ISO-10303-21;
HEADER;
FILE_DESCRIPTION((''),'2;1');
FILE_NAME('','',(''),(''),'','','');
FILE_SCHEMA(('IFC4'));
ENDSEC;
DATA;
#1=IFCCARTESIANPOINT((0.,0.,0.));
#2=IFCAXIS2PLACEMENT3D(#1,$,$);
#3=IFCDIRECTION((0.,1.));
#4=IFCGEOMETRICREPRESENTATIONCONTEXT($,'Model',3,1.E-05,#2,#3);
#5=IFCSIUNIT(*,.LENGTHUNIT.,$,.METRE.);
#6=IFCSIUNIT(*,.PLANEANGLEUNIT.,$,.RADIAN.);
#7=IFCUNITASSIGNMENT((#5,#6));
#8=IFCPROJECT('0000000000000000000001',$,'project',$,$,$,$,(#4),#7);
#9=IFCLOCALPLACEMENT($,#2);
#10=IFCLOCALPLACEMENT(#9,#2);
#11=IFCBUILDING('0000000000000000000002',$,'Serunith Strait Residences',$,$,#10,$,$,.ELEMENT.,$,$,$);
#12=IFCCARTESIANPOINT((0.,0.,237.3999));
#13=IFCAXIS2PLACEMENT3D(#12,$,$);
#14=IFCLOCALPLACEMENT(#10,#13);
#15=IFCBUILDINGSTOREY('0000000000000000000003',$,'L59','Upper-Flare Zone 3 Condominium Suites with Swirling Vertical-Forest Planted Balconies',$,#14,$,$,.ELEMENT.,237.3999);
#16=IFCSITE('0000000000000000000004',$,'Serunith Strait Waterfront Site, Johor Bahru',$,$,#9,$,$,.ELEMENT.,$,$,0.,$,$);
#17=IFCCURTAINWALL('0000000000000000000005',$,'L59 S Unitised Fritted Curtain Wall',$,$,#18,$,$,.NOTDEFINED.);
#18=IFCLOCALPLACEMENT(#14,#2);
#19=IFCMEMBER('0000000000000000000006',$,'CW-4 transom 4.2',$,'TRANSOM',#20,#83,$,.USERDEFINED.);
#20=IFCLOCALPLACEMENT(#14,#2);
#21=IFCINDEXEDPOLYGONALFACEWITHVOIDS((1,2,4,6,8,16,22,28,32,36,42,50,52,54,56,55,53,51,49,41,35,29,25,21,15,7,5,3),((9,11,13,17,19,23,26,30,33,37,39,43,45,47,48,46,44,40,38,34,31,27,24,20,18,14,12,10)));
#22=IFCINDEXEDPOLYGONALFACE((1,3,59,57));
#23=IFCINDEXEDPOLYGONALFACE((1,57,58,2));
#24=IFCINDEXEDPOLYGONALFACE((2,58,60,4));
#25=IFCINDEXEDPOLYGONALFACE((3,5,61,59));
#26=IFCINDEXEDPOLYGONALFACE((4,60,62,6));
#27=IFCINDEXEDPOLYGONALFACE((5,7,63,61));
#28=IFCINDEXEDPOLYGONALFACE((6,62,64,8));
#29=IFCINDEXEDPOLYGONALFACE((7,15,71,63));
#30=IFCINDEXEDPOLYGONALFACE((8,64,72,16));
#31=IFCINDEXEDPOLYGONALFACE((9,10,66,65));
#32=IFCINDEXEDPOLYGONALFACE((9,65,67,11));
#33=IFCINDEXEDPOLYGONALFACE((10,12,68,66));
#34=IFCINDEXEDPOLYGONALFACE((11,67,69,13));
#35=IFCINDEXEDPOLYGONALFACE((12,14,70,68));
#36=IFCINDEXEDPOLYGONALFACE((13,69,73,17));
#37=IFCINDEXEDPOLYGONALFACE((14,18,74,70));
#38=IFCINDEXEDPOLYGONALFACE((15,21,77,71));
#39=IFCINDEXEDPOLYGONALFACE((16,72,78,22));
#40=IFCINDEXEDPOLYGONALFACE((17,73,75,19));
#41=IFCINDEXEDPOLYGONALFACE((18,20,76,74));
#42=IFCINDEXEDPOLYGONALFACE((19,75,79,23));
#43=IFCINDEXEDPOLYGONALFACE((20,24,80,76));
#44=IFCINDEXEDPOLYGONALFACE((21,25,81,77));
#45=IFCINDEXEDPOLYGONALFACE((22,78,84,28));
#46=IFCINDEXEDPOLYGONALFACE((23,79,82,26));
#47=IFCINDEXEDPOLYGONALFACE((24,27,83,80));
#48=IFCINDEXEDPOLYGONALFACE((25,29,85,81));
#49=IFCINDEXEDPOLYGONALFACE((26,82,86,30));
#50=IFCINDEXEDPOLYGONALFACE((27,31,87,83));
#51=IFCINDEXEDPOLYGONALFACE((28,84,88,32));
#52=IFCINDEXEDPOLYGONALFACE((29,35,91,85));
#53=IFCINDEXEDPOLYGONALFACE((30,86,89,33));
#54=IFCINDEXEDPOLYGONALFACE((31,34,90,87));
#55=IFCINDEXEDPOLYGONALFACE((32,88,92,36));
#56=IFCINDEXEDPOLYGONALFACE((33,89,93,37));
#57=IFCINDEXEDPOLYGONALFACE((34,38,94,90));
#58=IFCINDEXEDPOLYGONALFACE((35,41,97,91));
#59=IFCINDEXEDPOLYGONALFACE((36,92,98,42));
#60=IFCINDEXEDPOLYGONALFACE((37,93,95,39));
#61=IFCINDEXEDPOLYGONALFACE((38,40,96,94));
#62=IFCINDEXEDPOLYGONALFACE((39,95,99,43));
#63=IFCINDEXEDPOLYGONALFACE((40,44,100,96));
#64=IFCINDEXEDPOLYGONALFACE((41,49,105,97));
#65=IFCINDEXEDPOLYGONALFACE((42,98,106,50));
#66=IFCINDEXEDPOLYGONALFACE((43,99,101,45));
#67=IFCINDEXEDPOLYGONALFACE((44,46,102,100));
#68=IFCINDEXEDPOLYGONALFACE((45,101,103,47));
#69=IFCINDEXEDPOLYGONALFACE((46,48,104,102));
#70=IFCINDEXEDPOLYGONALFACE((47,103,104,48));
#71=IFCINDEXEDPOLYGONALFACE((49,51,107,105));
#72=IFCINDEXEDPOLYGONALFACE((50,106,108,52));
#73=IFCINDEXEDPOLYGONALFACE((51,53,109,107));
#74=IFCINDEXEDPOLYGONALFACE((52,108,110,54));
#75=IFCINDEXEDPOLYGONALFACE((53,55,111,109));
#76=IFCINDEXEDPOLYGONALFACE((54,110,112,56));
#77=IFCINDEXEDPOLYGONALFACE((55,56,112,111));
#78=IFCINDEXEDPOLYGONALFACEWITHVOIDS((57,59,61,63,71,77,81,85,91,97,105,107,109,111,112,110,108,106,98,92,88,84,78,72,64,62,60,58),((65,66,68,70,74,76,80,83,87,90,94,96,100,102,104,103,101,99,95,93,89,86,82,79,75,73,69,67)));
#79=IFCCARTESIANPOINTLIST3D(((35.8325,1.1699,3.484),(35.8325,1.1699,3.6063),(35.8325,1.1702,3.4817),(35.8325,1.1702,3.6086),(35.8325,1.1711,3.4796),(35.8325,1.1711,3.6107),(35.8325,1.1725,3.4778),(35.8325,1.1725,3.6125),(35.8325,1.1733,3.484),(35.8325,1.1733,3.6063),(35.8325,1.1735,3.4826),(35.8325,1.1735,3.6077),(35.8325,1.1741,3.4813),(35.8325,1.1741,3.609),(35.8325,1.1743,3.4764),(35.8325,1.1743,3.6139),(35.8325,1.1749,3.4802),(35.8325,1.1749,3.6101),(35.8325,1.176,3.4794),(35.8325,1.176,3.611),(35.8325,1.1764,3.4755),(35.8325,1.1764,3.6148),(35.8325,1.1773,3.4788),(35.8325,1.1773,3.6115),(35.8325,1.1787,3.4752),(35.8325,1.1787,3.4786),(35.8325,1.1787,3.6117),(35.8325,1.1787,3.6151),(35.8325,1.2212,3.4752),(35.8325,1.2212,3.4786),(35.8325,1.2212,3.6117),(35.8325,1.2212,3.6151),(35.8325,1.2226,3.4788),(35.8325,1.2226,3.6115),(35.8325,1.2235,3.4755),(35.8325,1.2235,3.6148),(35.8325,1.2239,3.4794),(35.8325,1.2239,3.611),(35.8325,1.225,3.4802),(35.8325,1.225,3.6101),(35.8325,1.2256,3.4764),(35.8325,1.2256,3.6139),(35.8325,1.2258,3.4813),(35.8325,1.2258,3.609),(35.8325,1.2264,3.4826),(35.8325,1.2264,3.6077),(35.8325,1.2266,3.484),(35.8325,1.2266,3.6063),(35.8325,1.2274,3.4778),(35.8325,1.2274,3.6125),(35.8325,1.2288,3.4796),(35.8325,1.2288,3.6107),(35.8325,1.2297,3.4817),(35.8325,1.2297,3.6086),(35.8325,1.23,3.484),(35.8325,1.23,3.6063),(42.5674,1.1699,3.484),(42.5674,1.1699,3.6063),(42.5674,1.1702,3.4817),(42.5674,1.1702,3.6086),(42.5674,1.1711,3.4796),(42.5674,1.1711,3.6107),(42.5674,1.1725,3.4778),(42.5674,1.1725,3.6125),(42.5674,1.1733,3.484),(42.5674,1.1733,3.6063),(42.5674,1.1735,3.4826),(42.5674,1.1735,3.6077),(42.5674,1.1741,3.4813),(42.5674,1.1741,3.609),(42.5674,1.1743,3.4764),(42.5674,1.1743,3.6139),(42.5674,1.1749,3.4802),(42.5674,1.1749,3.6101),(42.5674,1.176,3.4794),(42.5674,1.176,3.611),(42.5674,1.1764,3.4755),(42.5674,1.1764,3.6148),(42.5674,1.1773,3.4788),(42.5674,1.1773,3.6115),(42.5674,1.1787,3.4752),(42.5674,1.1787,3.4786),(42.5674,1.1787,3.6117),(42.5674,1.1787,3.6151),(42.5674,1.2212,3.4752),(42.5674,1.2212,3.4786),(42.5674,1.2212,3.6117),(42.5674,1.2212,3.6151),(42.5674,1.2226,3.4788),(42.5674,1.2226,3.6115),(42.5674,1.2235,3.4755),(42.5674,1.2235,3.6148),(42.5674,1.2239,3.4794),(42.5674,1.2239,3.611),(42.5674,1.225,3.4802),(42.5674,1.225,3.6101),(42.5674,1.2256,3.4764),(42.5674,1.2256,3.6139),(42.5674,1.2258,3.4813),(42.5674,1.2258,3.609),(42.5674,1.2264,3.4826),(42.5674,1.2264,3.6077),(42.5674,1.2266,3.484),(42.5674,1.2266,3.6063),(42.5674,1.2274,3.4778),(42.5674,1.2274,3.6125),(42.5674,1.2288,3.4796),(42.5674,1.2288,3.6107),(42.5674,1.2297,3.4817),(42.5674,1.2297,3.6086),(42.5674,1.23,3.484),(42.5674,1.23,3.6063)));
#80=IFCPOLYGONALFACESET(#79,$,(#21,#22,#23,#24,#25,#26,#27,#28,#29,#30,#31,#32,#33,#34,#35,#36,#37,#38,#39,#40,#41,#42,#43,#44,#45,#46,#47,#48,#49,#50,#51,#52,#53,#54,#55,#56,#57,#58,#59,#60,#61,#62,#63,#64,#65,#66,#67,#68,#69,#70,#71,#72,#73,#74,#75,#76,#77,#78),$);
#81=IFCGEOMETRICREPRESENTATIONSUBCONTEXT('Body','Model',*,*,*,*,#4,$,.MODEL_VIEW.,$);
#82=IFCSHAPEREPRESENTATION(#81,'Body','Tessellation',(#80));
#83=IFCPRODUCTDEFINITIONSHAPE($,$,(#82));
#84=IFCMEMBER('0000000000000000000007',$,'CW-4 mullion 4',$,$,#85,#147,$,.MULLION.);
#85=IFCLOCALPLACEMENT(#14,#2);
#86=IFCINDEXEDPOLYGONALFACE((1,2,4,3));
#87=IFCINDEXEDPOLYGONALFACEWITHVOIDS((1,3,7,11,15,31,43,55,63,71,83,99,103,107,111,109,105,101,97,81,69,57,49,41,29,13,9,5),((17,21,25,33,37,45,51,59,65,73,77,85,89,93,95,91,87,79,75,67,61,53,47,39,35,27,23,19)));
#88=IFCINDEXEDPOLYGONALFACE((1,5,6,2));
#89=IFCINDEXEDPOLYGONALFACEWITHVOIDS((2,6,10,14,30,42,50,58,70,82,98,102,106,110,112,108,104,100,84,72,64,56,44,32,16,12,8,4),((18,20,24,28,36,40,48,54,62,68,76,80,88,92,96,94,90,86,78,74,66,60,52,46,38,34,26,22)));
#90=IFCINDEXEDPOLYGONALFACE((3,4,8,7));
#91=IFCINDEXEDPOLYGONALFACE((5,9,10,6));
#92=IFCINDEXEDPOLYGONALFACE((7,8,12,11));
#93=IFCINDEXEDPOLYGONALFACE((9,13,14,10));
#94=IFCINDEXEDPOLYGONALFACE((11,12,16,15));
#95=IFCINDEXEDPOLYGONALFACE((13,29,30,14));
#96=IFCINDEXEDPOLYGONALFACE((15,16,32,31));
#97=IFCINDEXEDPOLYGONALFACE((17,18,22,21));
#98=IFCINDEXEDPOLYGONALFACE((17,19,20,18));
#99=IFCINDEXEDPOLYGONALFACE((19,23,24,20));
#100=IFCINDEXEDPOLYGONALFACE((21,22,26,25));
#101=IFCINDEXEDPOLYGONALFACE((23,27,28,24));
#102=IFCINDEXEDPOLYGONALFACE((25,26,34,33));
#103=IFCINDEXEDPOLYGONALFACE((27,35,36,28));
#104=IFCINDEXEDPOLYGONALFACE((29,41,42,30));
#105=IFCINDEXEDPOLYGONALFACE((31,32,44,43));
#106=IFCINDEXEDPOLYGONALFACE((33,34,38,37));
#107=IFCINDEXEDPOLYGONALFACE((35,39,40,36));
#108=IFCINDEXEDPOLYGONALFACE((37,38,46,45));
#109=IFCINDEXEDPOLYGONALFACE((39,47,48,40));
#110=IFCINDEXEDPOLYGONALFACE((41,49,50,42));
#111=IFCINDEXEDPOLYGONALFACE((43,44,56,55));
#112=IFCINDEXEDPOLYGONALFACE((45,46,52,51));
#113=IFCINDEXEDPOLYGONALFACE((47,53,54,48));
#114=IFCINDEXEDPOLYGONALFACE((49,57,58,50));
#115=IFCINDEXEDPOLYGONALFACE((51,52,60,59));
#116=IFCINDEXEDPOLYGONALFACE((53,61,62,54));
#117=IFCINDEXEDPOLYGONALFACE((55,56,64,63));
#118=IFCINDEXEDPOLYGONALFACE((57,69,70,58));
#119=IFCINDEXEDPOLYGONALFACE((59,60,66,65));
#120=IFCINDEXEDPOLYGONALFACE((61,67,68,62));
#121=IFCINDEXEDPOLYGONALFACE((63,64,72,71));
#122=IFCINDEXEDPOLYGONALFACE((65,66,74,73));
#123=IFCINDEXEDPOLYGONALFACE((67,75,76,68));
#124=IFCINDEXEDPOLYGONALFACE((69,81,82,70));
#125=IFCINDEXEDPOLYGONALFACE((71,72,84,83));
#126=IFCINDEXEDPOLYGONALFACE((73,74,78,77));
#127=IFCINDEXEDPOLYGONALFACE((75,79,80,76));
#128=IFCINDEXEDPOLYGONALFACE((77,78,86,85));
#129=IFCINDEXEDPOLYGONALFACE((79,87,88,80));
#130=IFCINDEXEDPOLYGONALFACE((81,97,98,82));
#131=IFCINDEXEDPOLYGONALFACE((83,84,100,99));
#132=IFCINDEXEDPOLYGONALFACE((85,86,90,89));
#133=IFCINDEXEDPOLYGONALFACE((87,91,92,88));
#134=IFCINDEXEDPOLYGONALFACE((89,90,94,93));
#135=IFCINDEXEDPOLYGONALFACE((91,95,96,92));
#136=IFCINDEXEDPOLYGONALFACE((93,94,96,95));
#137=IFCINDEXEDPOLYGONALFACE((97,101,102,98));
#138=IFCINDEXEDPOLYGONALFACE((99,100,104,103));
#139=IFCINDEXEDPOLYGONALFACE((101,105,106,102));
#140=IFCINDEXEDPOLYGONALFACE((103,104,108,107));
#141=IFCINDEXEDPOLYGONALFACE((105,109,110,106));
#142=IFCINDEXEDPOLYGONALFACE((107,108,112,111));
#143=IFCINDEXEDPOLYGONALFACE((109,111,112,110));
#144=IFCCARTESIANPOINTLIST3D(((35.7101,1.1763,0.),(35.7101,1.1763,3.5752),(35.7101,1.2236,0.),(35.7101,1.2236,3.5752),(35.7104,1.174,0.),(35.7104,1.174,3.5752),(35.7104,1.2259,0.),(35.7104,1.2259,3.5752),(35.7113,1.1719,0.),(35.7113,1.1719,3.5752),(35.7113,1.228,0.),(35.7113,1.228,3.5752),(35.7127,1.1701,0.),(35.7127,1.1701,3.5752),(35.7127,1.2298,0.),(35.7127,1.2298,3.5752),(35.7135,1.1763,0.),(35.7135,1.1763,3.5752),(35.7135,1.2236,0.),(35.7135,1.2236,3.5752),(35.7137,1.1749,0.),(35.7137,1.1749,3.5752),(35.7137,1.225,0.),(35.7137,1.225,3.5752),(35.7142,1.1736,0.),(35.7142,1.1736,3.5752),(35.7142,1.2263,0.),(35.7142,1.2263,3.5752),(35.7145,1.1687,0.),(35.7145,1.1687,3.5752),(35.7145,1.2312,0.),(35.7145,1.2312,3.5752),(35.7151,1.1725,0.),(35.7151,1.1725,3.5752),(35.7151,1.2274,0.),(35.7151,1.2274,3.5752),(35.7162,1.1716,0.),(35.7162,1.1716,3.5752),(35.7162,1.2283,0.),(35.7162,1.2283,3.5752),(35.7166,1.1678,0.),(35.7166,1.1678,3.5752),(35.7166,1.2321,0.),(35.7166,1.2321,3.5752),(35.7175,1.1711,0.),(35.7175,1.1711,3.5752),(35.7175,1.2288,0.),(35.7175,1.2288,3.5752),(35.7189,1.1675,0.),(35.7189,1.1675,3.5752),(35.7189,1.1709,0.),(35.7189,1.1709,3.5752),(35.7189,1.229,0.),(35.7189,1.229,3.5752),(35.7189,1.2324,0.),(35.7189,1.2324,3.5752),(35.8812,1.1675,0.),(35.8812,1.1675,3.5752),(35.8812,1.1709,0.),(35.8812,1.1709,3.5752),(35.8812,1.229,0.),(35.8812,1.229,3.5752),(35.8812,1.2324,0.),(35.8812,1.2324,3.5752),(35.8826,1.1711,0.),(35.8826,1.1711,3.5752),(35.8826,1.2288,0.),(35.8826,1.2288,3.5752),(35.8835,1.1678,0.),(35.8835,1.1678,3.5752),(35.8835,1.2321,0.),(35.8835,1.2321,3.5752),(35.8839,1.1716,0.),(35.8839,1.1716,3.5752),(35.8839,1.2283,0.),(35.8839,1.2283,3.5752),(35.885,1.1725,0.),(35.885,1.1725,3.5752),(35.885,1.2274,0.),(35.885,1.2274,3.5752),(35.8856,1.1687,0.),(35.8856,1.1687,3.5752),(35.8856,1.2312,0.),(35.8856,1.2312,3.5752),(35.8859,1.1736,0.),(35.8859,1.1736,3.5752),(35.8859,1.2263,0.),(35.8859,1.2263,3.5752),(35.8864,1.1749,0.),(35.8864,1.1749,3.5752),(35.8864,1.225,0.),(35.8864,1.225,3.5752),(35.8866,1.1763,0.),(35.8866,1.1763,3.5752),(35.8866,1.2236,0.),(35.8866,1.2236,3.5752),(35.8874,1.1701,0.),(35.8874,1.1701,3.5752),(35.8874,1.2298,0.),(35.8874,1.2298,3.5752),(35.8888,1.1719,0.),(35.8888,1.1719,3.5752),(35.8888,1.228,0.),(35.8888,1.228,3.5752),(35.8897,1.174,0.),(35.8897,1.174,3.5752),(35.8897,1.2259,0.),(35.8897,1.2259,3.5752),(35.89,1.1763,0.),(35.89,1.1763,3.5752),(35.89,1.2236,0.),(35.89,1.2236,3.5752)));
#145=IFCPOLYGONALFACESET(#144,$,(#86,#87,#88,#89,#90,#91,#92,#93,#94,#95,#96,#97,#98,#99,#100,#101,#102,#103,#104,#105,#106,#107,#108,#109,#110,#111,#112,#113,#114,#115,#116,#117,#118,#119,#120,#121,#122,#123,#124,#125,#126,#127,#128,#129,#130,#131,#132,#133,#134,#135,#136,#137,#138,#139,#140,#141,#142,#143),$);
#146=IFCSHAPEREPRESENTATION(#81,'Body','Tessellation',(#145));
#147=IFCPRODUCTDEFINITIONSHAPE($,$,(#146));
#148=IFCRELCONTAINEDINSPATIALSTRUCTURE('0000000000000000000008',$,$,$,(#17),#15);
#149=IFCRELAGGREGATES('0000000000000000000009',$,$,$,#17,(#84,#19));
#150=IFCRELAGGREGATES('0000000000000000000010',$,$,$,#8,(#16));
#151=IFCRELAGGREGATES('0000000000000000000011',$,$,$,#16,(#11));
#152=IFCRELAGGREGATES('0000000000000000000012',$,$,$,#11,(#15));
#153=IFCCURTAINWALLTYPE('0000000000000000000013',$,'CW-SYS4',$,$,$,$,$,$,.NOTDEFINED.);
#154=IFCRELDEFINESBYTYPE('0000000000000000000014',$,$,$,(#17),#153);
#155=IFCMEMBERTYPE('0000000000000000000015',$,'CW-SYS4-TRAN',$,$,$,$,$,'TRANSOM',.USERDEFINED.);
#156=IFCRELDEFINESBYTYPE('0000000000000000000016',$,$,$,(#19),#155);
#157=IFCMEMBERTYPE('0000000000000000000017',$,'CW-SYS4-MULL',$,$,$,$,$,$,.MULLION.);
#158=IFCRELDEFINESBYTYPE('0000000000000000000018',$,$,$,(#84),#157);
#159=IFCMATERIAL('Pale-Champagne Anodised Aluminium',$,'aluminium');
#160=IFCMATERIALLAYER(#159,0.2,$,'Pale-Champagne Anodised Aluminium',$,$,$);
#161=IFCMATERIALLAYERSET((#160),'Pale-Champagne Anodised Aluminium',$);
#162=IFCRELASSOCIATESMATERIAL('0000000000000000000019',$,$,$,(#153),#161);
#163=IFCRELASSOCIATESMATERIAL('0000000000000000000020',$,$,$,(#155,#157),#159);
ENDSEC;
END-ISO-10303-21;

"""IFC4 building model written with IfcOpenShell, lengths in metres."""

from ifc_helpers import new_model, si_unit, direction, frame, origin, origin_2d, place, context, subcontext, project, spatial, hollow_rectangle, extrude, source, transform, mapped, material, layer, layer_set, material_profile, profile_set, type_object, element, aggregate, save


model = new_model("IFC4")

# Units and contexts
model_context = context("Model", 3, precision=1e-05, world=origin(), true_north=direction((0.0, 1.0)))
body_context = subcontext(model_context, "Body", "Model", "MODEL_VIEW")
ifc_project = project(units=[si_unit("LENGTHUNIT", "METRE"), si_unit("PLANEANGLEUNIT", "RADIAN")], contexts=[model_context])

# Site, building, storey
site_placement = place(None, origin())
site = spatial("IfcSite", under=ifc_project, at=site_placement, Name="Serunith Strait Waterfront Site, Johor Bahru", CompositionType="ELEMENT", RefElevation=0.0)
building_placement = place(site_placement, origin())
building = spatial("IfcBuilding", under=site, at=building_placement, Name="Serunith Strait Residences", CompositionType="ELEMENT")
storey_placement = place(building_placement, frame((0.0, 0.0, 237.3999)))
storey = spatial("IfcBuildingStorey", under=building, at=storey_placement, Name="L59", Description="Upper-Flare Zone 3 Condominium Suites with Swirling Vertical-Forest Planted Balconies", CompositionType="ELEMENT", Elevation=237.3999)

# Curtain wall, members
ifc_material_1 = material(Name="Pale-Champagne Anodised Aluminium", Category="aluminium")
ifc_layer_1 = layer(ifc_material_1, 0.2, Name="Pale-Champagne Anodised Aluminium")
ifc_layer_set_1 = layer_set([ifc_layer_1], Name="Pale-Champagne Anodised Aluminium")
curtain_wall_type = type_object("IfcCurtainWallType", Name="CW-SYS4", PredefinedType="NOTDEFINED", material=ifc_layer_set_1)
curtain_wall_placement = place(storey_placement, origin())
curtain_wall = element("IfcCurtainWall", 1, at=curtain_wall_placement, inside=storey, type_object=curtain_wall_type, Name="L59 S Unitised Fritted Curtain Wall", PredefinedType="NOTDEFINED")
ifc_material_profile_1 = material_profile(ifc_material_1, hollow_rectangle(XDim=0.0601, YDim=0.1399, WallThickness=0.0034, InnerFilletRadius=0.0054, OuterFilletRadius=0.0088, at=origin_2d()), Name="ALU 140x60x3.5")
ifc_profile_set_1 = profile_set([ifc_material_profile_1], Name="Pale-Champagne Anodised Aluminium")
member_type_1 = type_object("IfcMemberType", Name="CW-SYS4-TRAN", ElementType="TRANSOM", PredefinedType="USERDEFINED", material=ifc_profile_set_1)
shared_shape_1 = source(origin(), body_context, "Body", "SweptSolid", [
    extrude(hollow_rectangle(XDim=0.0601, YDim=0.1399, WallThickness=0.0034, InnerFilletRadius=0.0054, OuterFilletRadius=0.0088, at=origin_2d()), origin(), (0.0, 0.0, 1.0), 6.7349),
])
member_1_placement = place(storey_placement, frame((35.8325, 1.2, 3.5452), z_axis=(1.0, 0.0, 0.0), x_axis=(0.0, 1.0, 0.0)))
member_1 = element("IfcMember", 2, at=member_1_placement, type_object=member_type_1, Name="CW-4 transom 4.2", ObjectType="TRANSOM", PredefinedType="USERDEFINED", context=body_context, shape_type="MappedRepresentation", body=[
    mapped(shared_shape_1, transform((0.0, 0.0, 0.0), scale=1.0)),
])
ifc_material_profile_2 = material_profile(ifc_material_1, hollow_rectangle(XDim=0.0649, YDim=0.1799, WallThickness=0.0034, InnerFilletRadius=0.0054, OuterFilletRadius=0.0088, at=origin_2d()), Name="ALU 180x65x3.5")
ifc_profile_set_2 = profile_set([ifc_material_profile_2], Name="Pale-Champagne Anodised Aluminium")
member_type_2 = type_object("IfcMemberType", Name="CW-SYS4-MULL", PredefinedType="MULLION", material=ifc_profile_set_2)
shared_shape_2 = source(origin(), body_context, "Body", "SweptSolid", [
    extrude(hollow_rectangle(XDim=0.0649, YDim=0.1799, WallThickness=0.0034, InnerFilletRadius=0.0054, OuterFilletRadius=0.0088, at=origin_2d()), origin(), (0.0, 0.0, 1.0), 3.5752),
])
member_2_placement = place(storey_placement, frame((35.8, 1.2, 0.0), z_axis=(0.0, 0.0, 1.0), x_axis=(0.0, 1.0, 0.0)))
member_2 = element("IfcMember", 3, at=member_2_placement, type_object=member_type_2, Name="CW-4 mullion 4", PredefinedType="MULLION", context=body_context, shape_type="MappedRepresentation", body=[
    mapped(shared_shape_2, transform((0.0, 0.0, 0.0), scale=1.0)),
])
aggregate(curtain_wall, [member_2, member_1])

save(model, "model.ifc")
